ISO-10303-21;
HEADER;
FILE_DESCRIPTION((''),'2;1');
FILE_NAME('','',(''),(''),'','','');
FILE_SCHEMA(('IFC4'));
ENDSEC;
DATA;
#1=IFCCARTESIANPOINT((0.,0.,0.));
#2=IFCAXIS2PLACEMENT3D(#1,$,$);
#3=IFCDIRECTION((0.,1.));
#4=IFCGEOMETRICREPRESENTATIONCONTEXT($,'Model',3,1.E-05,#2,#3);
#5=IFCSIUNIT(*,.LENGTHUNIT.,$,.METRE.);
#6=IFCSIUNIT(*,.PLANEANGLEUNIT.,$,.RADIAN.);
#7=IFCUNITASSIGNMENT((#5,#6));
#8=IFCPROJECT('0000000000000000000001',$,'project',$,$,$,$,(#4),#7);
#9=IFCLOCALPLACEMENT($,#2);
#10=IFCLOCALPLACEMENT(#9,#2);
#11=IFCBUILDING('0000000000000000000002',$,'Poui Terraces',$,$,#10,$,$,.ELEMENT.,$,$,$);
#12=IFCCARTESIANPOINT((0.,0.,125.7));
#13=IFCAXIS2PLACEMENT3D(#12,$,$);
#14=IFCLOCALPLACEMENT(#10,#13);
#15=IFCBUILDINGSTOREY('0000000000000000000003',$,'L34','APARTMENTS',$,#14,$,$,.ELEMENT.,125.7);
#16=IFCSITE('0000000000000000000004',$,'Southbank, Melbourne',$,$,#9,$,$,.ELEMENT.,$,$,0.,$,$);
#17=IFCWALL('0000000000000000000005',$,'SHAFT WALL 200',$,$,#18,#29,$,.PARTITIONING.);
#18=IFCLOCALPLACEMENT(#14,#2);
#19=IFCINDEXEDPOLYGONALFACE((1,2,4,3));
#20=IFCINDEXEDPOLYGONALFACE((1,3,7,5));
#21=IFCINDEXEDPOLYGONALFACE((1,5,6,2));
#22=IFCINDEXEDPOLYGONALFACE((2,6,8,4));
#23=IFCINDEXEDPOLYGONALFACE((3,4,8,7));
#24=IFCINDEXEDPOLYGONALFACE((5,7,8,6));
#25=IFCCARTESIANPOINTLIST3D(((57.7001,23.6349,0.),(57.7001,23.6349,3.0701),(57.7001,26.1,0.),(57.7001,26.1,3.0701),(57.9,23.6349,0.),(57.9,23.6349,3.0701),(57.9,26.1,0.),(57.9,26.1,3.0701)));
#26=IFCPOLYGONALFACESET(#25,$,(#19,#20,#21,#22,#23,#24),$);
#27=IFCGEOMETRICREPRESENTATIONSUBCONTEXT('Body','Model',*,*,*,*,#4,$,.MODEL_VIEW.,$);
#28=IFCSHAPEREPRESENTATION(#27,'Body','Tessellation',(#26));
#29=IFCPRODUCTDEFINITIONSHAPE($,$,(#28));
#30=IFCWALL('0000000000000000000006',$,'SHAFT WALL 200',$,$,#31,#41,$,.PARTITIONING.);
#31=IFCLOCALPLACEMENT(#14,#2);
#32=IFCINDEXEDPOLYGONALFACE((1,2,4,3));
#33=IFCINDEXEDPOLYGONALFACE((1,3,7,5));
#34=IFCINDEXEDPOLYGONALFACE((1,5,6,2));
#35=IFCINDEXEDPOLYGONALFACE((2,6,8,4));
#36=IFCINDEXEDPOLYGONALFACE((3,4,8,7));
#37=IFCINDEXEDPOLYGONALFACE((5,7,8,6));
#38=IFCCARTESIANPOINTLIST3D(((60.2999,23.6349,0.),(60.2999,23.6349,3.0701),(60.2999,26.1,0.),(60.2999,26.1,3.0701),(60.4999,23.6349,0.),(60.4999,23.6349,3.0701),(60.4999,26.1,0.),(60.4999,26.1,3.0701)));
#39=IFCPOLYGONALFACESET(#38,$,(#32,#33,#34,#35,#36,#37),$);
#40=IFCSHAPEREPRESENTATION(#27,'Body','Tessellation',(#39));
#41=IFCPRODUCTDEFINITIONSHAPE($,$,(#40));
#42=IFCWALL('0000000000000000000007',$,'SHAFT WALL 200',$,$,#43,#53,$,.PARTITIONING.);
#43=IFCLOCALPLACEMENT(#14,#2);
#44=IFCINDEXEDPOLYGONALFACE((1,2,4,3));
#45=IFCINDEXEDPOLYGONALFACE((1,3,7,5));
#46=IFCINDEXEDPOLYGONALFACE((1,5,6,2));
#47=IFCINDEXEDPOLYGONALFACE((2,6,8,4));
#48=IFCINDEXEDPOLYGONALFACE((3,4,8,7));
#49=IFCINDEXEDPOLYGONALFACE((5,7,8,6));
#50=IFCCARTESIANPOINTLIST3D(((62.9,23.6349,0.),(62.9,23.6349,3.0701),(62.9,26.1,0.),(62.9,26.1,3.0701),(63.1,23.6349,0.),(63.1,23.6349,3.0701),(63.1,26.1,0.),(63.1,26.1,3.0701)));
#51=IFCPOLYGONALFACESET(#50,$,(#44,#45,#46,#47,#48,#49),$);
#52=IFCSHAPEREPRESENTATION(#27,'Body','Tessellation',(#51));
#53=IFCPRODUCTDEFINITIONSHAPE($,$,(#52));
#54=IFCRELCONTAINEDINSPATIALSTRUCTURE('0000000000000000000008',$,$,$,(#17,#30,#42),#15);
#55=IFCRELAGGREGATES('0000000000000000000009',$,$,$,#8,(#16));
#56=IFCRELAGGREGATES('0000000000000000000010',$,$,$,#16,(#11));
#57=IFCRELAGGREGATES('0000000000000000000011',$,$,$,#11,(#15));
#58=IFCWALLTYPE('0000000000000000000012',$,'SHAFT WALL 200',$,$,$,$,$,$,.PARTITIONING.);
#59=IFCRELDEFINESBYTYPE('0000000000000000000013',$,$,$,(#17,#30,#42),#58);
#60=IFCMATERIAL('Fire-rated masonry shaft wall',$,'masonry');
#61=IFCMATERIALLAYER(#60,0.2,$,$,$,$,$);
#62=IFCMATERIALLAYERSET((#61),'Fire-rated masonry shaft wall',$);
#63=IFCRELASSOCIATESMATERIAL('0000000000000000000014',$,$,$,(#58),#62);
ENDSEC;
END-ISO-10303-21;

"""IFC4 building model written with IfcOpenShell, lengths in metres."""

from ifc_helpers import new_model, si_unit, direction, frame, frame_2d, origin, place, context, subcontext, project, spatial, rectangle, extrude, material, layer, layer_set, type_object, element, save


model = new_model("IFC4")

# Units and contexts
model_context = context("Model", 3, precision=1e-05, world=origin(), true_north=direction((0.0, 1.0)))
body_context = subcontext(model_context, "Body", "Model", "MODEL_VIEW")
ifc_project = project(units=[si_unit("LENGTHUNIT", "METRE"), si_unit("PLANEANGLEUNIT", "RADIAN")], contexts=[model_context])

# Site, building, storey
site_placement = place(None, origin())
site = spatial("IfcSite", under=ifc_project, at=site_placement, Name="Southbank, Melbourne", CompositionType="ELEMENT", RefElevation=0.0)
building_placement = place(site_placement, origin())
building = spatial("IfcBuilding", under=site, at=building_placement, Name="Poui Terraces", CompositionType="ELEMENT")
storey_placement = place(building_placement, frame((0.0, 0.0, 125.7)))
storey = spatial("IfcBuildingStorey", under=building, at=storey_placement, Name="L34", Description="APARTMENTS", CompositionType="ELEMENT", Elevation=125.7)

# Walls
ifc_material_1 = material(Name="Fire-rated masonry shaft wall", Category="masonry")
ifc_layer_1 = layer(ifc_material_1, 0.2)
ifc_layer_set_1 = layer_set([ifc_layer_1], Name="Fire-rated masonry shaft wall")
wall_type_1 = type_object("IfcWallType", Name="SHAFT WALL 200", PredefinedType="PARTITIONING", material=ifc_layer_set_1)
for number, where, z_axis, x_axis, name in (
    (1, (57.8, 23.635, 0.0), (0.0, 0.0, 1.0), (0.0, 1.0, 0.0), "SHAFT WALL 200"),
    (2, (60.3999, 23.635, 0.0), (0.0, 0.0, 1.0), (0.0, 1.0, 0.0), "SHAFT WALL 200"),
    (3, (63.0, 23.635, 0.0), (0.0, 0.0, 1.0), (0.0, 1.0, 0.0), "SHAFT WALL 200"),
):
    element("IfcWall", number, at=place(storey_placement, frame(where, z_axis=z_axis, x_axis=x_axis)), inside=storey, type_object=wall_type_1, Name=name, PredefinedType="PARTITIONING", context=body_context, shape_type="SweptSolid", body=[
        extrude(rectangle(XDim=2.4651, YDim=0.2, at=frame_2d((1.2324, 0.0))), origin(), (0.0, 0.0, 1.0), 3.0701),
    ])

save(model, "model.ifc")
